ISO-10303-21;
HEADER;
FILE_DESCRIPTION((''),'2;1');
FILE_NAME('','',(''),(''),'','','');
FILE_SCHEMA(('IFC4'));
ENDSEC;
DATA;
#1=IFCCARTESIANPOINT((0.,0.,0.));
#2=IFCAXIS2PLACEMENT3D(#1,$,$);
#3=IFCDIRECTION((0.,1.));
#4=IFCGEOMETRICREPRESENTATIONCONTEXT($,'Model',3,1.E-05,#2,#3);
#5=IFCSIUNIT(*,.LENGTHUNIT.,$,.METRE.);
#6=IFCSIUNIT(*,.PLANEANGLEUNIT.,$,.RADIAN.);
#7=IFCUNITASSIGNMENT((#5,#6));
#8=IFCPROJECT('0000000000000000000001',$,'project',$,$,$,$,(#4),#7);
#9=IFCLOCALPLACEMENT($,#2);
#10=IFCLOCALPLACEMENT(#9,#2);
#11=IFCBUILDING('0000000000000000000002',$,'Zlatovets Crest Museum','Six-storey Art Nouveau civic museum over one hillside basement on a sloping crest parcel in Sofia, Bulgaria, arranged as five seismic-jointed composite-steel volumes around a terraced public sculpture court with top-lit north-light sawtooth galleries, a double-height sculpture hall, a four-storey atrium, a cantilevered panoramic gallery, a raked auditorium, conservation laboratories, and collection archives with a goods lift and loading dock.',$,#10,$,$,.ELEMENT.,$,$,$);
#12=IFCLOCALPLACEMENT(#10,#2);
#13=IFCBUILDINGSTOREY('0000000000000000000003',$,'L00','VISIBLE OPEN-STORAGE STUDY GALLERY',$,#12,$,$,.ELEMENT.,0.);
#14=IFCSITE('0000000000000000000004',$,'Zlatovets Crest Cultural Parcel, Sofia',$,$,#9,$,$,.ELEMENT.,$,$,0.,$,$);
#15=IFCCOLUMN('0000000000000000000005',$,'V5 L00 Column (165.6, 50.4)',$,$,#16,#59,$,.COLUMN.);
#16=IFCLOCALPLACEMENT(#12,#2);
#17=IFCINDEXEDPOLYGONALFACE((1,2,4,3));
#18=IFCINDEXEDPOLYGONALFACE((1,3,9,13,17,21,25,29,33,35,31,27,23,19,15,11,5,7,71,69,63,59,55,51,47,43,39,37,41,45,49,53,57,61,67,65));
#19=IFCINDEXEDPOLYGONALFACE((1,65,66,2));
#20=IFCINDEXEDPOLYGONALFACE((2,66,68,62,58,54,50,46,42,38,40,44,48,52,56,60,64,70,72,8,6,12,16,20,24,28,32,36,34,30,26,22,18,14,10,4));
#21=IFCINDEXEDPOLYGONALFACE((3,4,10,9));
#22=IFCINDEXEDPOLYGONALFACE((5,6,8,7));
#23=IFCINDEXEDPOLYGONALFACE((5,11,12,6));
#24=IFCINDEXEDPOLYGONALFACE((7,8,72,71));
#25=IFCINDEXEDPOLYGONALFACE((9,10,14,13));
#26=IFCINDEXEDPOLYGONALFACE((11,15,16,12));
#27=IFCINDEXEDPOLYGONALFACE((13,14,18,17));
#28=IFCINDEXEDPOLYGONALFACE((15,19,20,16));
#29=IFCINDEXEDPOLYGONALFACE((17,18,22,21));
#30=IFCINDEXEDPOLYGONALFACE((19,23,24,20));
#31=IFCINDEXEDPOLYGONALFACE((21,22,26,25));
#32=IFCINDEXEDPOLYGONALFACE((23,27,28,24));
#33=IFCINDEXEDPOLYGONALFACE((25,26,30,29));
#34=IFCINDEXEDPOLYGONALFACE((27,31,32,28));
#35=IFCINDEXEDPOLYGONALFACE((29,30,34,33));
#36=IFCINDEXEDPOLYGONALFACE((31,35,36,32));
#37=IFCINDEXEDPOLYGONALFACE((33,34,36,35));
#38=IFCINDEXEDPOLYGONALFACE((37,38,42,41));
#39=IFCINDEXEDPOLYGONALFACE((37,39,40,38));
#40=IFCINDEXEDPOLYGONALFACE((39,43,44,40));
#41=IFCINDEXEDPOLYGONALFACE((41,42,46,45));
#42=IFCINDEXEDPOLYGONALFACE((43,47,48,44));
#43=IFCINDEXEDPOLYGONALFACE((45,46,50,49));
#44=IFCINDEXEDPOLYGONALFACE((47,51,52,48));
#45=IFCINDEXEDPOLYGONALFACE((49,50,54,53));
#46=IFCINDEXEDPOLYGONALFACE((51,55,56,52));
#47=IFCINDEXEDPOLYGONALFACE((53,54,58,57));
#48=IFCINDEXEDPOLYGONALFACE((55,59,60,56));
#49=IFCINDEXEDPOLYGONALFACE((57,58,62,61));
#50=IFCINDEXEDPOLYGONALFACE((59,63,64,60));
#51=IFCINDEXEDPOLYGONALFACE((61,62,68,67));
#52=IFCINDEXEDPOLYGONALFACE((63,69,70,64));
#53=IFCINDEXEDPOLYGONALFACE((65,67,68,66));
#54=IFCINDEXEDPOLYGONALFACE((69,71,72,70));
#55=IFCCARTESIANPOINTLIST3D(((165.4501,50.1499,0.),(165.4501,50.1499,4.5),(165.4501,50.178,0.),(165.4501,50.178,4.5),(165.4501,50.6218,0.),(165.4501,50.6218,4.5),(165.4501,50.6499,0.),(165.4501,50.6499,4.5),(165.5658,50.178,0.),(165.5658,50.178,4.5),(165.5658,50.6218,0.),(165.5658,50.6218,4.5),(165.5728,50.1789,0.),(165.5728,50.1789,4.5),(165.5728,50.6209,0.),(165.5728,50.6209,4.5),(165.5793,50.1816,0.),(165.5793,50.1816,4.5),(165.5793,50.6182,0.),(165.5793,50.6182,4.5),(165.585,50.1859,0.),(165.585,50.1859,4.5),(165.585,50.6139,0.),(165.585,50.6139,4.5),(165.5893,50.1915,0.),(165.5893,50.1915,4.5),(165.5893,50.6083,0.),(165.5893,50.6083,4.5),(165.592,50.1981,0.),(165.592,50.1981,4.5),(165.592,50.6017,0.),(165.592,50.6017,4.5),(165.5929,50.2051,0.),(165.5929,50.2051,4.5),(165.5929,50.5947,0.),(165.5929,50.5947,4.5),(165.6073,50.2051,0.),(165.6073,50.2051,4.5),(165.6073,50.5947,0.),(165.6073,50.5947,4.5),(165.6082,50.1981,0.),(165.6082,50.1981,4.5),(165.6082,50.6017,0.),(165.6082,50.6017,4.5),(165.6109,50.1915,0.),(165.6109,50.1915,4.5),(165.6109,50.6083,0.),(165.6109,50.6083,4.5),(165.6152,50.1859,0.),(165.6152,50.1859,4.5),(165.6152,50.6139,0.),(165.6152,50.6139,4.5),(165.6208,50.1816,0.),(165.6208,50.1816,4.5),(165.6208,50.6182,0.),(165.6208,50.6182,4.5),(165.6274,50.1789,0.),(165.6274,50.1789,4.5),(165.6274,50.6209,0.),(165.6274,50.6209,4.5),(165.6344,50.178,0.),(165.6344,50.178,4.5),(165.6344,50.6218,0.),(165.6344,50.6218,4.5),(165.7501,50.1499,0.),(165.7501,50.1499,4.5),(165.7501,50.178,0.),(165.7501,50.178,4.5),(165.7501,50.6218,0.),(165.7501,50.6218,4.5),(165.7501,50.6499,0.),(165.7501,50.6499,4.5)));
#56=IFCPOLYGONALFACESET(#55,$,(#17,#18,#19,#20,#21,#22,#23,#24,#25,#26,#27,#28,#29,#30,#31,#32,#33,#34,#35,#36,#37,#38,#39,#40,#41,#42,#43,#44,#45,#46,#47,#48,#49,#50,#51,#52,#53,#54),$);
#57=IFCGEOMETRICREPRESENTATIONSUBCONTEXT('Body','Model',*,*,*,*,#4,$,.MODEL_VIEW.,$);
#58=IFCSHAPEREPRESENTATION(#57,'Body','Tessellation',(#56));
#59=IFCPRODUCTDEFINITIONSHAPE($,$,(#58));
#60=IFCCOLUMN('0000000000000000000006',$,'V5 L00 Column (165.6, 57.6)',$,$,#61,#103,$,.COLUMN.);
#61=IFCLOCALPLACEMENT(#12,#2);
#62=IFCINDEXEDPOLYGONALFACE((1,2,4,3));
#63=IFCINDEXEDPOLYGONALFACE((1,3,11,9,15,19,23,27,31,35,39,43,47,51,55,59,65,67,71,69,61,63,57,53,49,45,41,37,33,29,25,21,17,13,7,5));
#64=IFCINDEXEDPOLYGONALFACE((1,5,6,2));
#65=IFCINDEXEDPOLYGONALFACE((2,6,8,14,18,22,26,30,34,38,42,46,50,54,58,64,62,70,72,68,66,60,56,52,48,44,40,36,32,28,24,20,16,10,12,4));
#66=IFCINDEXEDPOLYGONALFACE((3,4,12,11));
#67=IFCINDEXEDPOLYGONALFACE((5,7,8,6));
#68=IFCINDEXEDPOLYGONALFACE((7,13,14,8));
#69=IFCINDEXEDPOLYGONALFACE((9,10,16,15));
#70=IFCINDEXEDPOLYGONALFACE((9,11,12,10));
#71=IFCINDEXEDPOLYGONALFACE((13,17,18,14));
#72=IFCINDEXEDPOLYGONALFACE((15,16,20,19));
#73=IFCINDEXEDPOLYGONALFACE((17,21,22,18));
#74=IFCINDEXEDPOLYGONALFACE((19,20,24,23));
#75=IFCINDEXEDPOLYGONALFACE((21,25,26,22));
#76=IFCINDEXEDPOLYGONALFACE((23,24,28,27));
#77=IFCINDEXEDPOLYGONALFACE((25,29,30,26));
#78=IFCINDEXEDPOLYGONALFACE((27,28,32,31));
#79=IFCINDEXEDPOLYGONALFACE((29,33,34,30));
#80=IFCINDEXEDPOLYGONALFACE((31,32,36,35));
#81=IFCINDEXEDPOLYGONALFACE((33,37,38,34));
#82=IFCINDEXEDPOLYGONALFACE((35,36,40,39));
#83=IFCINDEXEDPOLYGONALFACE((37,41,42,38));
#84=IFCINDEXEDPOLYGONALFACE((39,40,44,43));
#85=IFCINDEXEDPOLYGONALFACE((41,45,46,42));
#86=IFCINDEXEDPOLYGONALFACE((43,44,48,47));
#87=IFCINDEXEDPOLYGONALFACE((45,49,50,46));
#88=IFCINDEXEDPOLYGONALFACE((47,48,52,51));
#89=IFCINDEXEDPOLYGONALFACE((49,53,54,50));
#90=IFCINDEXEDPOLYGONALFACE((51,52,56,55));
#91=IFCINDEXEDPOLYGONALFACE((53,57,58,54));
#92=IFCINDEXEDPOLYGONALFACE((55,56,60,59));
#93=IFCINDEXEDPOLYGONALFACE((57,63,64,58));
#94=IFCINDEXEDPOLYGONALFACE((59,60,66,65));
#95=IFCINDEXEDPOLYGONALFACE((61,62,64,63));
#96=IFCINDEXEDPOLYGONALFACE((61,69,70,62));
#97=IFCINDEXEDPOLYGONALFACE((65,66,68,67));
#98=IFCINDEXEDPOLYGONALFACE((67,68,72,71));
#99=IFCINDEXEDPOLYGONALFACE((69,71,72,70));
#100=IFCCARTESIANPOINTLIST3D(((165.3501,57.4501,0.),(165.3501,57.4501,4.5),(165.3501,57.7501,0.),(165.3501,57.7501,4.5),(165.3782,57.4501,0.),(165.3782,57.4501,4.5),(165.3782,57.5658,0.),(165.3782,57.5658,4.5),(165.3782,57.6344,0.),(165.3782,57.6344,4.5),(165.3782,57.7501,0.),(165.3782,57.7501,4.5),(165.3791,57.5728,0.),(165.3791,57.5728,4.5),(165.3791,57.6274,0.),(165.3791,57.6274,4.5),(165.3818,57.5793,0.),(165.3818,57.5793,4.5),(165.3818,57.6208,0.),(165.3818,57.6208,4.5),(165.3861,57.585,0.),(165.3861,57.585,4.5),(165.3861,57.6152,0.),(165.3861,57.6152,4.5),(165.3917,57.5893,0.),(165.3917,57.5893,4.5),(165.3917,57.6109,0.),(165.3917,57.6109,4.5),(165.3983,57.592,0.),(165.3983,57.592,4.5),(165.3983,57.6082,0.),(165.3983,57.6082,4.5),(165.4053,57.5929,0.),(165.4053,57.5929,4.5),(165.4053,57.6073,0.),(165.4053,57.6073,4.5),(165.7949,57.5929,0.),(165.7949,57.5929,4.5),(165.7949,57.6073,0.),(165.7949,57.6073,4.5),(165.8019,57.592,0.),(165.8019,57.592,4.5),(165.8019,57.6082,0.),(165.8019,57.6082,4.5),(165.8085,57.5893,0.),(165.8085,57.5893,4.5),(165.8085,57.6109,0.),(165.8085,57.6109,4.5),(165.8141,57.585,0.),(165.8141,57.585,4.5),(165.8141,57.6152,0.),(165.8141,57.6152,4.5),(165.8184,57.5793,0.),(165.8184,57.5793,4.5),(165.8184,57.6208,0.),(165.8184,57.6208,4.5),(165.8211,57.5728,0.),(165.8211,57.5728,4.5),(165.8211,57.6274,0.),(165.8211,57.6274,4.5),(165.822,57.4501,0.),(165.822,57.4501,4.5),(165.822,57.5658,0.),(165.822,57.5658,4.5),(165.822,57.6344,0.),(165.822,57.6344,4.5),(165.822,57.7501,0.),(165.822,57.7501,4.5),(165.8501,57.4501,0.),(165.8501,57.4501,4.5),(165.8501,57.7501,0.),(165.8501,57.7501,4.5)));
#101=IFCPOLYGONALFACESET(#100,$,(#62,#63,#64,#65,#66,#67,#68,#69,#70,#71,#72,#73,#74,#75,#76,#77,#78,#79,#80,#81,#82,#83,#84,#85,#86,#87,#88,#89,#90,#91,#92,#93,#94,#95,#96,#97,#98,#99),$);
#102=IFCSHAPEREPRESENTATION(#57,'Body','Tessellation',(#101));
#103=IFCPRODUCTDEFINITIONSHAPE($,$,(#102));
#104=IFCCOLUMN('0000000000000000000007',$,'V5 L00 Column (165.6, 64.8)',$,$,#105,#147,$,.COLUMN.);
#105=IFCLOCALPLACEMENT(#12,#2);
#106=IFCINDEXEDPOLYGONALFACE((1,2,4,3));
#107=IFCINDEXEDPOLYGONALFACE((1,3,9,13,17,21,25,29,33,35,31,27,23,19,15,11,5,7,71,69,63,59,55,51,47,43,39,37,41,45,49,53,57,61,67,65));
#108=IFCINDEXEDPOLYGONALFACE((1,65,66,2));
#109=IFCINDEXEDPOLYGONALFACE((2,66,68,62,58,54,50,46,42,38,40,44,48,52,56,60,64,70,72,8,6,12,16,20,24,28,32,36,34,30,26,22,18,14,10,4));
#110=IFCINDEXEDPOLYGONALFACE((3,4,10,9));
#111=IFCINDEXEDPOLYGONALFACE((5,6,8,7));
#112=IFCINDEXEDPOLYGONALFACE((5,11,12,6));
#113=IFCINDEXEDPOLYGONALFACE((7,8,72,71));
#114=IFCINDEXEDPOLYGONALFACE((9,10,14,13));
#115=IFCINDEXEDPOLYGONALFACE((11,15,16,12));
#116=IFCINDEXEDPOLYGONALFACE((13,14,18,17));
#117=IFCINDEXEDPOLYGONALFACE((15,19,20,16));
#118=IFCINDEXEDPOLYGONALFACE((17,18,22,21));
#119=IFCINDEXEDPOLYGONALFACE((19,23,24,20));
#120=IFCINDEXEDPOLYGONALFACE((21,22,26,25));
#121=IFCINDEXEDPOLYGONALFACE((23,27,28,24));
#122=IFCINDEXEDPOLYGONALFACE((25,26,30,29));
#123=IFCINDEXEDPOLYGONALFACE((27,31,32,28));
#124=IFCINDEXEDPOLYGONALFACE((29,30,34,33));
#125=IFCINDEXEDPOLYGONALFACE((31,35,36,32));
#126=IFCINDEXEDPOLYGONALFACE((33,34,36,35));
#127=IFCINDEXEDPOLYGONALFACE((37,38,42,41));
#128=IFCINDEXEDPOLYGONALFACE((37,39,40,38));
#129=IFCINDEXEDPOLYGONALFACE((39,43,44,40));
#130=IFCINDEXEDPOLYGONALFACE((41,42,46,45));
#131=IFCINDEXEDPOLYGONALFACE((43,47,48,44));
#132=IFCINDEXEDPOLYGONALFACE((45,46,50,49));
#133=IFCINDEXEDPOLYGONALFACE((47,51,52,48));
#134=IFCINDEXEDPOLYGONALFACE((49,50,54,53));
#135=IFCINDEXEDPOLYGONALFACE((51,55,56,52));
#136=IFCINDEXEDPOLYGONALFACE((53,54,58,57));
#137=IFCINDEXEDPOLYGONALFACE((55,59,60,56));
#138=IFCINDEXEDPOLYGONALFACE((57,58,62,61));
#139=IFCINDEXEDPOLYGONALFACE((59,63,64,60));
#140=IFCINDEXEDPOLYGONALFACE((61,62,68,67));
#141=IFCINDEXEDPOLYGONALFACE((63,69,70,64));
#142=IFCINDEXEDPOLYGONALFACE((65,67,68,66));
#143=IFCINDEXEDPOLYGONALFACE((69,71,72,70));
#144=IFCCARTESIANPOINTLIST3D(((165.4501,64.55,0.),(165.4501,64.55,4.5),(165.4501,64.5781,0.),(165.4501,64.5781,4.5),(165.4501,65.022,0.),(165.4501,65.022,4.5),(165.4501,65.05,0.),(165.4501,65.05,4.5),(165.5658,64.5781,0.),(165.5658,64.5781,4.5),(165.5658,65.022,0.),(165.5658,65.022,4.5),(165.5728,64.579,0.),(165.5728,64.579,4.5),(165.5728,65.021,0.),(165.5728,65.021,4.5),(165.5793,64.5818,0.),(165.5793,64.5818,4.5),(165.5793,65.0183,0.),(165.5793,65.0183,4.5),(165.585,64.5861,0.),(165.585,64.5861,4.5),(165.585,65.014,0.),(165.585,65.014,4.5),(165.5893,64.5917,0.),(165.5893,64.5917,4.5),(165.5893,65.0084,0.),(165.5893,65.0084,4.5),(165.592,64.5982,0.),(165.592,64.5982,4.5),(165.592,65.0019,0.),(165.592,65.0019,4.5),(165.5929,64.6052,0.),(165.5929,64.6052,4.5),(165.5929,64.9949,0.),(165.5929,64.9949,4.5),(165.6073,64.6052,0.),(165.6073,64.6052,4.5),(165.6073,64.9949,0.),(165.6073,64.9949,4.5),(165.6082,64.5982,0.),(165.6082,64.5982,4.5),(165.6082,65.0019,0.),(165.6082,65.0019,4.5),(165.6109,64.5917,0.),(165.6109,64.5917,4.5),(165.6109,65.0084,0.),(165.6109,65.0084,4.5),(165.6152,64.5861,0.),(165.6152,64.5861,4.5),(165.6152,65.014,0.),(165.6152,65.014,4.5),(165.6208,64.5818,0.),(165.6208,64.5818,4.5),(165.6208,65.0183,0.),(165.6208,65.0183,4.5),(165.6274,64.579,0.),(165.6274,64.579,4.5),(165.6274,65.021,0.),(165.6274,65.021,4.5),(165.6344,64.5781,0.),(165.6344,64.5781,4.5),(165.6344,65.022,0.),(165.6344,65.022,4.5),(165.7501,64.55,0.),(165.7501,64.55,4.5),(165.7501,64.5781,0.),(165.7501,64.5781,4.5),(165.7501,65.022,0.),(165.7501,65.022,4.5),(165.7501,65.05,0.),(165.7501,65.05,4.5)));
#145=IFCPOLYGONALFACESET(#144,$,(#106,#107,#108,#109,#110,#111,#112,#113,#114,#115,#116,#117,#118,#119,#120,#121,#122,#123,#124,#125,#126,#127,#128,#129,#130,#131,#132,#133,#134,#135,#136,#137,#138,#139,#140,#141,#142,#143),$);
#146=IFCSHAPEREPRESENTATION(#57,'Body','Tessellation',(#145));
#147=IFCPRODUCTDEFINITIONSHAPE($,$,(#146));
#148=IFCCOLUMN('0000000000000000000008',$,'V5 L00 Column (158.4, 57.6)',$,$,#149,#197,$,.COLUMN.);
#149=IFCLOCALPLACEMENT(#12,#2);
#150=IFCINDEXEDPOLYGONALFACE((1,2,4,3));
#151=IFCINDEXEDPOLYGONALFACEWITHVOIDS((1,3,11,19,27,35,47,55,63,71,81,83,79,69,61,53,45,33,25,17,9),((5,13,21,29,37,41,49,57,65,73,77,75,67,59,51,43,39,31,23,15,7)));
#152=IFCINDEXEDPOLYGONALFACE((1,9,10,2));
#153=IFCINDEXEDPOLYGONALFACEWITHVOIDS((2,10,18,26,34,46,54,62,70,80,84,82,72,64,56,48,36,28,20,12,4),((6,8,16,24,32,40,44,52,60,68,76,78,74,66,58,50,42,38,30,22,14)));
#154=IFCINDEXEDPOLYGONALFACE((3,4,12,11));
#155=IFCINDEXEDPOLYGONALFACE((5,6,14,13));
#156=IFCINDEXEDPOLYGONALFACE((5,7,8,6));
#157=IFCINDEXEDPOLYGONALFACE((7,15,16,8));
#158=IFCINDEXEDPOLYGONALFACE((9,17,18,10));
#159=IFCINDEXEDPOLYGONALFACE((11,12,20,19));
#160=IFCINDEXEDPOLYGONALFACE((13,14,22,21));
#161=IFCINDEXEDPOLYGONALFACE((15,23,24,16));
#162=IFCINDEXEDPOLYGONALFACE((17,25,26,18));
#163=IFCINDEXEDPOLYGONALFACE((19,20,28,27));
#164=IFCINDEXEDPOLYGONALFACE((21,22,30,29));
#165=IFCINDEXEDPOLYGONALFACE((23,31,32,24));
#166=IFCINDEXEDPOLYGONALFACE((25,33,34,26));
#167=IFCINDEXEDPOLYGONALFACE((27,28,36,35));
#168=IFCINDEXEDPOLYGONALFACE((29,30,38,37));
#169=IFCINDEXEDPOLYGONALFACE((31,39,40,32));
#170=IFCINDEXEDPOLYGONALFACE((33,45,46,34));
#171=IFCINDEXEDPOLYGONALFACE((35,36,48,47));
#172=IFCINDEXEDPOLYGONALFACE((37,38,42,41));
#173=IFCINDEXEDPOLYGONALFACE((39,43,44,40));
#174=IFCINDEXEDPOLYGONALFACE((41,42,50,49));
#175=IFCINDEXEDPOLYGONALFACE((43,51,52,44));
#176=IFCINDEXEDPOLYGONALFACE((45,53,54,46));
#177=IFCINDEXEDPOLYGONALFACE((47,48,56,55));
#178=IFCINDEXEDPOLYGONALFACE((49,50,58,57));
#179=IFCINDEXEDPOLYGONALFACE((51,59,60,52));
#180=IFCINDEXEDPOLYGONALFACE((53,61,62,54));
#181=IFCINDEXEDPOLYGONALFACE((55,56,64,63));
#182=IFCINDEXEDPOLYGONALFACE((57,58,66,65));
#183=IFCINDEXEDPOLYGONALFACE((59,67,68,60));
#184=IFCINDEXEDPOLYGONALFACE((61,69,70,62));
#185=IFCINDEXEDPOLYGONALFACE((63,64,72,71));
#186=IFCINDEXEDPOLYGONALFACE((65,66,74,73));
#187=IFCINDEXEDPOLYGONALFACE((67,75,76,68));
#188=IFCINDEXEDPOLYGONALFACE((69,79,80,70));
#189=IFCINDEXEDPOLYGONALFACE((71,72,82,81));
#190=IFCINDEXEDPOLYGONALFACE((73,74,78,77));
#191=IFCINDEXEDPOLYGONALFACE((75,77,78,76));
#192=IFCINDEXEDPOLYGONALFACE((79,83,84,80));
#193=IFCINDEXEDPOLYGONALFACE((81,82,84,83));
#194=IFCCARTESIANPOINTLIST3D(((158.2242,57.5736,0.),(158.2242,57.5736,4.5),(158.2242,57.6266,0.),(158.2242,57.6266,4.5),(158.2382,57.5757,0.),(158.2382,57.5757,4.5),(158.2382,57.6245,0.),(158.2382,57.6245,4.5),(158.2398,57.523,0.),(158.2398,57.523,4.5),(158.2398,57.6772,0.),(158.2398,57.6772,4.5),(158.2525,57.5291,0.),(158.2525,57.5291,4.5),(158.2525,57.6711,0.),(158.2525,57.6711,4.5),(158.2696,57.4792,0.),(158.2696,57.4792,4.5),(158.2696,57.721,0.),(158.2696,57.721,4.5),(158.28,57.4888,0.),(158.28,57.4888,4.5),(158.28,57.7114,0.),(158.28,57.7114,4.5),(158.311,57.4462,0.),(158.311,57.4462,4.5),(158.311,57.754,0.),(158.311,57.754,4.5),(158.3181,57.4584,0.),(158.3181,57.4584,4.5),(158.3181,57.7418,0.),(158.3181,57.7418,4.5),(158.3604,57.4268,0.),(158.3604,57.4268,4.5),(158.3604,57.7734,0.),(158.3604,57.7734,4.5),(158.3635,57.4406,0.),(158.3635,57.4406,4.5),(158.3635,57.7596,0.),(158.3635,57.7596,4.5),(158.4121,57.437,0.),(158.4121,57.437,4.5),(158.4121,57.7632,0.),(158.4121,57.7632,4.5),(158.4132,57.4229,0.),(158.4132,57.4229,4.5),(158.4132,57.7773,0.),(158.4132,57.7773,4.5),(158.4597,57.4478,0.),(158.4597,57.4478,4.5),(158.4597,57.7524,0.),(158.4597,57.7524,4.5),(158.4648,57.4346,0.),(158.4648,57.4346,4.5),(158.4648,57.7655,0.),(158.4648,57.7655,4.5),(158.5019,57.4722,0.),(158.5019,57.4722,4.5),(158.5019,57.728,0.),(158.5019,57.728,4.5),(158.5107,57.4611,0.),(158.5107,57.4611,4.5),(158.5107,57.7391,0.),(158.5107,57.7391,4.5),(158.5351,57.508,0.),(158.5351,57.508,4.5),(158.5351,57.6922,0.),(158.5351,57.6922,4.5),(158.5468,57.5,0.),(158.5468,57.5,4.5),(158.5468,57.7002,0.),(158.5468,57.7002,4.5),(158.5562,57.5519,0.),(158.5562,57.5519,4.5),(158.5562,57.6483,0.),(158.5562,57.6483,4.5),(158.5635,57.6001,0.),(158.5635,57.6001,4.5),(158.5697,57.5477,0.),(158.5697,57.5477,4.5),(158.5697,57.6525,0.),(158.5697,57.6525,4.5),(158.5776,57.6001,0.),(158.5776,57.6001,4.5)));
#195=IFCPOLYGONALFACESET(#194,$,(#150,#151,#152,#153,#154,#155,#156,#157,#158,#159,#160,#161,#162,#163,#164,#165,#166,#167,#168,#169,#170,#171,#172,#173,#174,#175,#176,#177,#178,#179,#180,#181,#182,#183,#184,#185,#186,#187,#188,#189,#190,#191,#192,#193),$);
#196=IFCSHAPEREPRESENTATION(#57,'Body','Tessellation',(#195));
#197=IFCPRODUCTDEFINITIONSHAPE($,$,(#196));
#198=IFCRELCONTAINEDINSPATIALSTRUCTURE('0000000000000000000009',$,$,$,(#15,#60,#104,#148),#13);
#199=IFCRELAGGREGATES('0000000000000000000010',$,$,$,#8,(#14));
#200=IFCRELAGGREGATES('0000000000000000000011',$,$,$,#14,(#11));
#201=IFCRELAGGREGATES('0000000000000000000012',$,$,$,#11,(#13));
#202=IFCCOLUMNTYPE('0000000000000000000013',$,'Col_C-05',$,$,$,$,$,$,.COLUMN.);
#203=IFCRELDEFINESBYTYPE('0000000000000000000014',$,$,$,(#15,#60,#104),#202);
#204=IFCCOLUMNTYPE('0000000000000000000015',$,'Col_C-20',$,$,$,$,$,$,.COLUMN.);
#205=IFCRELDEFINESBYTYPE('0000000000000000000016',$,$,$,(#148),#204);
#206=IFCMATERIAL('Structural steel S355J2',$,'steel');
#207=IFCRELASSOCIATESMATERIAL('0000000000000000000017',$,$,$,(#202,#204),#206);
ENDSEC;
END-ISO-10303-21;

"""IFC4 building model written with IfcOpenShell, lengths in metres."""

from ifc_helpers import new_model, si_unit, direction, frame, origin, origin_2d, place, context, subcontext, project, spatial, hollow_circle, i_section, extrude, material, material_profile, profile_set, type_object, element, save


model = new_model("IFC4")

# Units and contexts
model_context = context("Model", 3, precision=1e-05, world=origin(), true_north=direction((0.0, 1.0)))
body_context = subcontext(model_context, "Body", "Model", "MODEL_VIEW")
ifc_project = project(units=[si_unit("LENGTHUNIT", "METRE"), si_unit("PLANEANGLEUNIT", "RADIAN")], contexts=[model_context])

# Site, building, storey
site_placement = place(None, origin())
site = spatial("IfcSite", under=ifc_project, at=site_placement, Name="Zlatovets Crest Cultural Parcel, Sofia", CompositionType="ELEMENT", RefElevation=0.0)
building_placement = place(site_placement, origin())
building = spatial("IfcBuilding", under=site, at=building_placement, Name="Zlatovets Crest Museum", Description="Six-storey Art Nouveau civic museum over one hillside basement on a sloping crest parcel in Sofia, Bulgaria, arranged as five seismic-jointed composite-steel volumes around a terraced public sculpture court with top-lit north-light sawtooth galleries, a double-height sculpture hall, a four-storey atrium, a cantilevered panoramic gallery, a raked auditorium, conservation laboratories, and collection archives with a goods lift and loading dock.", CompositionType="ELEMENT")
storey_placement = place(building_placement, origin())
storey = spatial("IfcBuildingStorey", under=building, at=storey_placement, Name="L00", Description="VISIBLE OPEN-STORAGE STUDY GALLERY", CompositionType="ELEMENT", Elevation=0.0)

# Columns
ifc_material_1 = material(Name="Structural steel S355J2", Category="steel")
ifc_material_profile_1 = material_profile(ifc_material_1, i_section(OverallWidth=0.3, OverallDepth=0.5, WebThickness=0.0144, FlangeThickness=0.0281, FilletRadius=0.0271, at=origin_2d()), Name="HEB 500")
ifc_profile_set_1 = profile_set([ifc_material_profile_1], Name="Structural steel S355J2")
column_type_1 = type_object("IfcColumnType", Name="Col_C-05", PredefinedType="COLUMN", material=ifc_profile_set_1)
for number, where, z_axis, x_axis, name in (
    (1, (165.6001, 50.3999, 0.0), (0.0, 0.0, 1.0), (1.0, 0.0, 0.0), "V5 L00 Column (165.6, 50.4)"),
    (2, (165.6001, 57.6001, 0.0), (0.0, 0.0, 1.0), (0.0, 1.0, 0.0), "V5 L00 Column (165.6, 57.6)"),
    (3, (165.6001, 64.8, 0.0), (0.0, 0.0, 1.0), (1.0, 0.0, 0.0), "V5 L00 Column (165.6, 64.8)"),
):
    element("IfcColumn", number, at=place(storey_placement, frame(where, z_axis=z_axis, x_axis=x_axis)), inside=storey, type_object=column_type_1, Name=name, PredefinedType="COLUMN", context=body_context, shape_type="SweptSolid", body=[
        extrude(i_section(OverallWidth=0.3, OverallDepth=0.5, WebThickness=0.0144, FlangeThickness=0.0281, FilletRadius=0.0271, at=origin_2d()), origin(), (0.0, 0.0, 1.0), 4.5),
    ])
ifc_material_profile_2 = material_profile(ifc_material_1, hollow_circle(Radius=0.1777, WallThickness=0.0142, at=origin_2d()), Name="CHS 355.6x14.2")
ifc_profile_set_2 = profile_set([ifc_material_profile_2], Name="Structural steel S355J2")
column_type_2 = type_object("IfcColumnType", Name="Col_C-20", PredefinedType="COLUMN", material=ifc_profile_set_2)
for number, where, z_axis, x_axis, name in (
    (4, (158.3999, 57.6001, 0.0), (0.0, 0.0, 1.0), (1.0, 0.0, 0.0), "V5 L00 Column (158.4, 57.6)"),
):
    element("IfcColumn", number, at=place(storey_placement, frame(where, z_axis=z_axis, x_axis=x_axis)), inside=storey, type_object=column_type_2, Name=name, PredefinedType="COLUMN", context=body_context, shape_type="SweptSolid", body=[
        extrude(hollow_circle(Radius=0.1777, WallThickness=0.0142, at=origin_2d()), origin(), (0.0, 0.0, 1.0), 4.5),
    ])

save(model, "model.ifc")
